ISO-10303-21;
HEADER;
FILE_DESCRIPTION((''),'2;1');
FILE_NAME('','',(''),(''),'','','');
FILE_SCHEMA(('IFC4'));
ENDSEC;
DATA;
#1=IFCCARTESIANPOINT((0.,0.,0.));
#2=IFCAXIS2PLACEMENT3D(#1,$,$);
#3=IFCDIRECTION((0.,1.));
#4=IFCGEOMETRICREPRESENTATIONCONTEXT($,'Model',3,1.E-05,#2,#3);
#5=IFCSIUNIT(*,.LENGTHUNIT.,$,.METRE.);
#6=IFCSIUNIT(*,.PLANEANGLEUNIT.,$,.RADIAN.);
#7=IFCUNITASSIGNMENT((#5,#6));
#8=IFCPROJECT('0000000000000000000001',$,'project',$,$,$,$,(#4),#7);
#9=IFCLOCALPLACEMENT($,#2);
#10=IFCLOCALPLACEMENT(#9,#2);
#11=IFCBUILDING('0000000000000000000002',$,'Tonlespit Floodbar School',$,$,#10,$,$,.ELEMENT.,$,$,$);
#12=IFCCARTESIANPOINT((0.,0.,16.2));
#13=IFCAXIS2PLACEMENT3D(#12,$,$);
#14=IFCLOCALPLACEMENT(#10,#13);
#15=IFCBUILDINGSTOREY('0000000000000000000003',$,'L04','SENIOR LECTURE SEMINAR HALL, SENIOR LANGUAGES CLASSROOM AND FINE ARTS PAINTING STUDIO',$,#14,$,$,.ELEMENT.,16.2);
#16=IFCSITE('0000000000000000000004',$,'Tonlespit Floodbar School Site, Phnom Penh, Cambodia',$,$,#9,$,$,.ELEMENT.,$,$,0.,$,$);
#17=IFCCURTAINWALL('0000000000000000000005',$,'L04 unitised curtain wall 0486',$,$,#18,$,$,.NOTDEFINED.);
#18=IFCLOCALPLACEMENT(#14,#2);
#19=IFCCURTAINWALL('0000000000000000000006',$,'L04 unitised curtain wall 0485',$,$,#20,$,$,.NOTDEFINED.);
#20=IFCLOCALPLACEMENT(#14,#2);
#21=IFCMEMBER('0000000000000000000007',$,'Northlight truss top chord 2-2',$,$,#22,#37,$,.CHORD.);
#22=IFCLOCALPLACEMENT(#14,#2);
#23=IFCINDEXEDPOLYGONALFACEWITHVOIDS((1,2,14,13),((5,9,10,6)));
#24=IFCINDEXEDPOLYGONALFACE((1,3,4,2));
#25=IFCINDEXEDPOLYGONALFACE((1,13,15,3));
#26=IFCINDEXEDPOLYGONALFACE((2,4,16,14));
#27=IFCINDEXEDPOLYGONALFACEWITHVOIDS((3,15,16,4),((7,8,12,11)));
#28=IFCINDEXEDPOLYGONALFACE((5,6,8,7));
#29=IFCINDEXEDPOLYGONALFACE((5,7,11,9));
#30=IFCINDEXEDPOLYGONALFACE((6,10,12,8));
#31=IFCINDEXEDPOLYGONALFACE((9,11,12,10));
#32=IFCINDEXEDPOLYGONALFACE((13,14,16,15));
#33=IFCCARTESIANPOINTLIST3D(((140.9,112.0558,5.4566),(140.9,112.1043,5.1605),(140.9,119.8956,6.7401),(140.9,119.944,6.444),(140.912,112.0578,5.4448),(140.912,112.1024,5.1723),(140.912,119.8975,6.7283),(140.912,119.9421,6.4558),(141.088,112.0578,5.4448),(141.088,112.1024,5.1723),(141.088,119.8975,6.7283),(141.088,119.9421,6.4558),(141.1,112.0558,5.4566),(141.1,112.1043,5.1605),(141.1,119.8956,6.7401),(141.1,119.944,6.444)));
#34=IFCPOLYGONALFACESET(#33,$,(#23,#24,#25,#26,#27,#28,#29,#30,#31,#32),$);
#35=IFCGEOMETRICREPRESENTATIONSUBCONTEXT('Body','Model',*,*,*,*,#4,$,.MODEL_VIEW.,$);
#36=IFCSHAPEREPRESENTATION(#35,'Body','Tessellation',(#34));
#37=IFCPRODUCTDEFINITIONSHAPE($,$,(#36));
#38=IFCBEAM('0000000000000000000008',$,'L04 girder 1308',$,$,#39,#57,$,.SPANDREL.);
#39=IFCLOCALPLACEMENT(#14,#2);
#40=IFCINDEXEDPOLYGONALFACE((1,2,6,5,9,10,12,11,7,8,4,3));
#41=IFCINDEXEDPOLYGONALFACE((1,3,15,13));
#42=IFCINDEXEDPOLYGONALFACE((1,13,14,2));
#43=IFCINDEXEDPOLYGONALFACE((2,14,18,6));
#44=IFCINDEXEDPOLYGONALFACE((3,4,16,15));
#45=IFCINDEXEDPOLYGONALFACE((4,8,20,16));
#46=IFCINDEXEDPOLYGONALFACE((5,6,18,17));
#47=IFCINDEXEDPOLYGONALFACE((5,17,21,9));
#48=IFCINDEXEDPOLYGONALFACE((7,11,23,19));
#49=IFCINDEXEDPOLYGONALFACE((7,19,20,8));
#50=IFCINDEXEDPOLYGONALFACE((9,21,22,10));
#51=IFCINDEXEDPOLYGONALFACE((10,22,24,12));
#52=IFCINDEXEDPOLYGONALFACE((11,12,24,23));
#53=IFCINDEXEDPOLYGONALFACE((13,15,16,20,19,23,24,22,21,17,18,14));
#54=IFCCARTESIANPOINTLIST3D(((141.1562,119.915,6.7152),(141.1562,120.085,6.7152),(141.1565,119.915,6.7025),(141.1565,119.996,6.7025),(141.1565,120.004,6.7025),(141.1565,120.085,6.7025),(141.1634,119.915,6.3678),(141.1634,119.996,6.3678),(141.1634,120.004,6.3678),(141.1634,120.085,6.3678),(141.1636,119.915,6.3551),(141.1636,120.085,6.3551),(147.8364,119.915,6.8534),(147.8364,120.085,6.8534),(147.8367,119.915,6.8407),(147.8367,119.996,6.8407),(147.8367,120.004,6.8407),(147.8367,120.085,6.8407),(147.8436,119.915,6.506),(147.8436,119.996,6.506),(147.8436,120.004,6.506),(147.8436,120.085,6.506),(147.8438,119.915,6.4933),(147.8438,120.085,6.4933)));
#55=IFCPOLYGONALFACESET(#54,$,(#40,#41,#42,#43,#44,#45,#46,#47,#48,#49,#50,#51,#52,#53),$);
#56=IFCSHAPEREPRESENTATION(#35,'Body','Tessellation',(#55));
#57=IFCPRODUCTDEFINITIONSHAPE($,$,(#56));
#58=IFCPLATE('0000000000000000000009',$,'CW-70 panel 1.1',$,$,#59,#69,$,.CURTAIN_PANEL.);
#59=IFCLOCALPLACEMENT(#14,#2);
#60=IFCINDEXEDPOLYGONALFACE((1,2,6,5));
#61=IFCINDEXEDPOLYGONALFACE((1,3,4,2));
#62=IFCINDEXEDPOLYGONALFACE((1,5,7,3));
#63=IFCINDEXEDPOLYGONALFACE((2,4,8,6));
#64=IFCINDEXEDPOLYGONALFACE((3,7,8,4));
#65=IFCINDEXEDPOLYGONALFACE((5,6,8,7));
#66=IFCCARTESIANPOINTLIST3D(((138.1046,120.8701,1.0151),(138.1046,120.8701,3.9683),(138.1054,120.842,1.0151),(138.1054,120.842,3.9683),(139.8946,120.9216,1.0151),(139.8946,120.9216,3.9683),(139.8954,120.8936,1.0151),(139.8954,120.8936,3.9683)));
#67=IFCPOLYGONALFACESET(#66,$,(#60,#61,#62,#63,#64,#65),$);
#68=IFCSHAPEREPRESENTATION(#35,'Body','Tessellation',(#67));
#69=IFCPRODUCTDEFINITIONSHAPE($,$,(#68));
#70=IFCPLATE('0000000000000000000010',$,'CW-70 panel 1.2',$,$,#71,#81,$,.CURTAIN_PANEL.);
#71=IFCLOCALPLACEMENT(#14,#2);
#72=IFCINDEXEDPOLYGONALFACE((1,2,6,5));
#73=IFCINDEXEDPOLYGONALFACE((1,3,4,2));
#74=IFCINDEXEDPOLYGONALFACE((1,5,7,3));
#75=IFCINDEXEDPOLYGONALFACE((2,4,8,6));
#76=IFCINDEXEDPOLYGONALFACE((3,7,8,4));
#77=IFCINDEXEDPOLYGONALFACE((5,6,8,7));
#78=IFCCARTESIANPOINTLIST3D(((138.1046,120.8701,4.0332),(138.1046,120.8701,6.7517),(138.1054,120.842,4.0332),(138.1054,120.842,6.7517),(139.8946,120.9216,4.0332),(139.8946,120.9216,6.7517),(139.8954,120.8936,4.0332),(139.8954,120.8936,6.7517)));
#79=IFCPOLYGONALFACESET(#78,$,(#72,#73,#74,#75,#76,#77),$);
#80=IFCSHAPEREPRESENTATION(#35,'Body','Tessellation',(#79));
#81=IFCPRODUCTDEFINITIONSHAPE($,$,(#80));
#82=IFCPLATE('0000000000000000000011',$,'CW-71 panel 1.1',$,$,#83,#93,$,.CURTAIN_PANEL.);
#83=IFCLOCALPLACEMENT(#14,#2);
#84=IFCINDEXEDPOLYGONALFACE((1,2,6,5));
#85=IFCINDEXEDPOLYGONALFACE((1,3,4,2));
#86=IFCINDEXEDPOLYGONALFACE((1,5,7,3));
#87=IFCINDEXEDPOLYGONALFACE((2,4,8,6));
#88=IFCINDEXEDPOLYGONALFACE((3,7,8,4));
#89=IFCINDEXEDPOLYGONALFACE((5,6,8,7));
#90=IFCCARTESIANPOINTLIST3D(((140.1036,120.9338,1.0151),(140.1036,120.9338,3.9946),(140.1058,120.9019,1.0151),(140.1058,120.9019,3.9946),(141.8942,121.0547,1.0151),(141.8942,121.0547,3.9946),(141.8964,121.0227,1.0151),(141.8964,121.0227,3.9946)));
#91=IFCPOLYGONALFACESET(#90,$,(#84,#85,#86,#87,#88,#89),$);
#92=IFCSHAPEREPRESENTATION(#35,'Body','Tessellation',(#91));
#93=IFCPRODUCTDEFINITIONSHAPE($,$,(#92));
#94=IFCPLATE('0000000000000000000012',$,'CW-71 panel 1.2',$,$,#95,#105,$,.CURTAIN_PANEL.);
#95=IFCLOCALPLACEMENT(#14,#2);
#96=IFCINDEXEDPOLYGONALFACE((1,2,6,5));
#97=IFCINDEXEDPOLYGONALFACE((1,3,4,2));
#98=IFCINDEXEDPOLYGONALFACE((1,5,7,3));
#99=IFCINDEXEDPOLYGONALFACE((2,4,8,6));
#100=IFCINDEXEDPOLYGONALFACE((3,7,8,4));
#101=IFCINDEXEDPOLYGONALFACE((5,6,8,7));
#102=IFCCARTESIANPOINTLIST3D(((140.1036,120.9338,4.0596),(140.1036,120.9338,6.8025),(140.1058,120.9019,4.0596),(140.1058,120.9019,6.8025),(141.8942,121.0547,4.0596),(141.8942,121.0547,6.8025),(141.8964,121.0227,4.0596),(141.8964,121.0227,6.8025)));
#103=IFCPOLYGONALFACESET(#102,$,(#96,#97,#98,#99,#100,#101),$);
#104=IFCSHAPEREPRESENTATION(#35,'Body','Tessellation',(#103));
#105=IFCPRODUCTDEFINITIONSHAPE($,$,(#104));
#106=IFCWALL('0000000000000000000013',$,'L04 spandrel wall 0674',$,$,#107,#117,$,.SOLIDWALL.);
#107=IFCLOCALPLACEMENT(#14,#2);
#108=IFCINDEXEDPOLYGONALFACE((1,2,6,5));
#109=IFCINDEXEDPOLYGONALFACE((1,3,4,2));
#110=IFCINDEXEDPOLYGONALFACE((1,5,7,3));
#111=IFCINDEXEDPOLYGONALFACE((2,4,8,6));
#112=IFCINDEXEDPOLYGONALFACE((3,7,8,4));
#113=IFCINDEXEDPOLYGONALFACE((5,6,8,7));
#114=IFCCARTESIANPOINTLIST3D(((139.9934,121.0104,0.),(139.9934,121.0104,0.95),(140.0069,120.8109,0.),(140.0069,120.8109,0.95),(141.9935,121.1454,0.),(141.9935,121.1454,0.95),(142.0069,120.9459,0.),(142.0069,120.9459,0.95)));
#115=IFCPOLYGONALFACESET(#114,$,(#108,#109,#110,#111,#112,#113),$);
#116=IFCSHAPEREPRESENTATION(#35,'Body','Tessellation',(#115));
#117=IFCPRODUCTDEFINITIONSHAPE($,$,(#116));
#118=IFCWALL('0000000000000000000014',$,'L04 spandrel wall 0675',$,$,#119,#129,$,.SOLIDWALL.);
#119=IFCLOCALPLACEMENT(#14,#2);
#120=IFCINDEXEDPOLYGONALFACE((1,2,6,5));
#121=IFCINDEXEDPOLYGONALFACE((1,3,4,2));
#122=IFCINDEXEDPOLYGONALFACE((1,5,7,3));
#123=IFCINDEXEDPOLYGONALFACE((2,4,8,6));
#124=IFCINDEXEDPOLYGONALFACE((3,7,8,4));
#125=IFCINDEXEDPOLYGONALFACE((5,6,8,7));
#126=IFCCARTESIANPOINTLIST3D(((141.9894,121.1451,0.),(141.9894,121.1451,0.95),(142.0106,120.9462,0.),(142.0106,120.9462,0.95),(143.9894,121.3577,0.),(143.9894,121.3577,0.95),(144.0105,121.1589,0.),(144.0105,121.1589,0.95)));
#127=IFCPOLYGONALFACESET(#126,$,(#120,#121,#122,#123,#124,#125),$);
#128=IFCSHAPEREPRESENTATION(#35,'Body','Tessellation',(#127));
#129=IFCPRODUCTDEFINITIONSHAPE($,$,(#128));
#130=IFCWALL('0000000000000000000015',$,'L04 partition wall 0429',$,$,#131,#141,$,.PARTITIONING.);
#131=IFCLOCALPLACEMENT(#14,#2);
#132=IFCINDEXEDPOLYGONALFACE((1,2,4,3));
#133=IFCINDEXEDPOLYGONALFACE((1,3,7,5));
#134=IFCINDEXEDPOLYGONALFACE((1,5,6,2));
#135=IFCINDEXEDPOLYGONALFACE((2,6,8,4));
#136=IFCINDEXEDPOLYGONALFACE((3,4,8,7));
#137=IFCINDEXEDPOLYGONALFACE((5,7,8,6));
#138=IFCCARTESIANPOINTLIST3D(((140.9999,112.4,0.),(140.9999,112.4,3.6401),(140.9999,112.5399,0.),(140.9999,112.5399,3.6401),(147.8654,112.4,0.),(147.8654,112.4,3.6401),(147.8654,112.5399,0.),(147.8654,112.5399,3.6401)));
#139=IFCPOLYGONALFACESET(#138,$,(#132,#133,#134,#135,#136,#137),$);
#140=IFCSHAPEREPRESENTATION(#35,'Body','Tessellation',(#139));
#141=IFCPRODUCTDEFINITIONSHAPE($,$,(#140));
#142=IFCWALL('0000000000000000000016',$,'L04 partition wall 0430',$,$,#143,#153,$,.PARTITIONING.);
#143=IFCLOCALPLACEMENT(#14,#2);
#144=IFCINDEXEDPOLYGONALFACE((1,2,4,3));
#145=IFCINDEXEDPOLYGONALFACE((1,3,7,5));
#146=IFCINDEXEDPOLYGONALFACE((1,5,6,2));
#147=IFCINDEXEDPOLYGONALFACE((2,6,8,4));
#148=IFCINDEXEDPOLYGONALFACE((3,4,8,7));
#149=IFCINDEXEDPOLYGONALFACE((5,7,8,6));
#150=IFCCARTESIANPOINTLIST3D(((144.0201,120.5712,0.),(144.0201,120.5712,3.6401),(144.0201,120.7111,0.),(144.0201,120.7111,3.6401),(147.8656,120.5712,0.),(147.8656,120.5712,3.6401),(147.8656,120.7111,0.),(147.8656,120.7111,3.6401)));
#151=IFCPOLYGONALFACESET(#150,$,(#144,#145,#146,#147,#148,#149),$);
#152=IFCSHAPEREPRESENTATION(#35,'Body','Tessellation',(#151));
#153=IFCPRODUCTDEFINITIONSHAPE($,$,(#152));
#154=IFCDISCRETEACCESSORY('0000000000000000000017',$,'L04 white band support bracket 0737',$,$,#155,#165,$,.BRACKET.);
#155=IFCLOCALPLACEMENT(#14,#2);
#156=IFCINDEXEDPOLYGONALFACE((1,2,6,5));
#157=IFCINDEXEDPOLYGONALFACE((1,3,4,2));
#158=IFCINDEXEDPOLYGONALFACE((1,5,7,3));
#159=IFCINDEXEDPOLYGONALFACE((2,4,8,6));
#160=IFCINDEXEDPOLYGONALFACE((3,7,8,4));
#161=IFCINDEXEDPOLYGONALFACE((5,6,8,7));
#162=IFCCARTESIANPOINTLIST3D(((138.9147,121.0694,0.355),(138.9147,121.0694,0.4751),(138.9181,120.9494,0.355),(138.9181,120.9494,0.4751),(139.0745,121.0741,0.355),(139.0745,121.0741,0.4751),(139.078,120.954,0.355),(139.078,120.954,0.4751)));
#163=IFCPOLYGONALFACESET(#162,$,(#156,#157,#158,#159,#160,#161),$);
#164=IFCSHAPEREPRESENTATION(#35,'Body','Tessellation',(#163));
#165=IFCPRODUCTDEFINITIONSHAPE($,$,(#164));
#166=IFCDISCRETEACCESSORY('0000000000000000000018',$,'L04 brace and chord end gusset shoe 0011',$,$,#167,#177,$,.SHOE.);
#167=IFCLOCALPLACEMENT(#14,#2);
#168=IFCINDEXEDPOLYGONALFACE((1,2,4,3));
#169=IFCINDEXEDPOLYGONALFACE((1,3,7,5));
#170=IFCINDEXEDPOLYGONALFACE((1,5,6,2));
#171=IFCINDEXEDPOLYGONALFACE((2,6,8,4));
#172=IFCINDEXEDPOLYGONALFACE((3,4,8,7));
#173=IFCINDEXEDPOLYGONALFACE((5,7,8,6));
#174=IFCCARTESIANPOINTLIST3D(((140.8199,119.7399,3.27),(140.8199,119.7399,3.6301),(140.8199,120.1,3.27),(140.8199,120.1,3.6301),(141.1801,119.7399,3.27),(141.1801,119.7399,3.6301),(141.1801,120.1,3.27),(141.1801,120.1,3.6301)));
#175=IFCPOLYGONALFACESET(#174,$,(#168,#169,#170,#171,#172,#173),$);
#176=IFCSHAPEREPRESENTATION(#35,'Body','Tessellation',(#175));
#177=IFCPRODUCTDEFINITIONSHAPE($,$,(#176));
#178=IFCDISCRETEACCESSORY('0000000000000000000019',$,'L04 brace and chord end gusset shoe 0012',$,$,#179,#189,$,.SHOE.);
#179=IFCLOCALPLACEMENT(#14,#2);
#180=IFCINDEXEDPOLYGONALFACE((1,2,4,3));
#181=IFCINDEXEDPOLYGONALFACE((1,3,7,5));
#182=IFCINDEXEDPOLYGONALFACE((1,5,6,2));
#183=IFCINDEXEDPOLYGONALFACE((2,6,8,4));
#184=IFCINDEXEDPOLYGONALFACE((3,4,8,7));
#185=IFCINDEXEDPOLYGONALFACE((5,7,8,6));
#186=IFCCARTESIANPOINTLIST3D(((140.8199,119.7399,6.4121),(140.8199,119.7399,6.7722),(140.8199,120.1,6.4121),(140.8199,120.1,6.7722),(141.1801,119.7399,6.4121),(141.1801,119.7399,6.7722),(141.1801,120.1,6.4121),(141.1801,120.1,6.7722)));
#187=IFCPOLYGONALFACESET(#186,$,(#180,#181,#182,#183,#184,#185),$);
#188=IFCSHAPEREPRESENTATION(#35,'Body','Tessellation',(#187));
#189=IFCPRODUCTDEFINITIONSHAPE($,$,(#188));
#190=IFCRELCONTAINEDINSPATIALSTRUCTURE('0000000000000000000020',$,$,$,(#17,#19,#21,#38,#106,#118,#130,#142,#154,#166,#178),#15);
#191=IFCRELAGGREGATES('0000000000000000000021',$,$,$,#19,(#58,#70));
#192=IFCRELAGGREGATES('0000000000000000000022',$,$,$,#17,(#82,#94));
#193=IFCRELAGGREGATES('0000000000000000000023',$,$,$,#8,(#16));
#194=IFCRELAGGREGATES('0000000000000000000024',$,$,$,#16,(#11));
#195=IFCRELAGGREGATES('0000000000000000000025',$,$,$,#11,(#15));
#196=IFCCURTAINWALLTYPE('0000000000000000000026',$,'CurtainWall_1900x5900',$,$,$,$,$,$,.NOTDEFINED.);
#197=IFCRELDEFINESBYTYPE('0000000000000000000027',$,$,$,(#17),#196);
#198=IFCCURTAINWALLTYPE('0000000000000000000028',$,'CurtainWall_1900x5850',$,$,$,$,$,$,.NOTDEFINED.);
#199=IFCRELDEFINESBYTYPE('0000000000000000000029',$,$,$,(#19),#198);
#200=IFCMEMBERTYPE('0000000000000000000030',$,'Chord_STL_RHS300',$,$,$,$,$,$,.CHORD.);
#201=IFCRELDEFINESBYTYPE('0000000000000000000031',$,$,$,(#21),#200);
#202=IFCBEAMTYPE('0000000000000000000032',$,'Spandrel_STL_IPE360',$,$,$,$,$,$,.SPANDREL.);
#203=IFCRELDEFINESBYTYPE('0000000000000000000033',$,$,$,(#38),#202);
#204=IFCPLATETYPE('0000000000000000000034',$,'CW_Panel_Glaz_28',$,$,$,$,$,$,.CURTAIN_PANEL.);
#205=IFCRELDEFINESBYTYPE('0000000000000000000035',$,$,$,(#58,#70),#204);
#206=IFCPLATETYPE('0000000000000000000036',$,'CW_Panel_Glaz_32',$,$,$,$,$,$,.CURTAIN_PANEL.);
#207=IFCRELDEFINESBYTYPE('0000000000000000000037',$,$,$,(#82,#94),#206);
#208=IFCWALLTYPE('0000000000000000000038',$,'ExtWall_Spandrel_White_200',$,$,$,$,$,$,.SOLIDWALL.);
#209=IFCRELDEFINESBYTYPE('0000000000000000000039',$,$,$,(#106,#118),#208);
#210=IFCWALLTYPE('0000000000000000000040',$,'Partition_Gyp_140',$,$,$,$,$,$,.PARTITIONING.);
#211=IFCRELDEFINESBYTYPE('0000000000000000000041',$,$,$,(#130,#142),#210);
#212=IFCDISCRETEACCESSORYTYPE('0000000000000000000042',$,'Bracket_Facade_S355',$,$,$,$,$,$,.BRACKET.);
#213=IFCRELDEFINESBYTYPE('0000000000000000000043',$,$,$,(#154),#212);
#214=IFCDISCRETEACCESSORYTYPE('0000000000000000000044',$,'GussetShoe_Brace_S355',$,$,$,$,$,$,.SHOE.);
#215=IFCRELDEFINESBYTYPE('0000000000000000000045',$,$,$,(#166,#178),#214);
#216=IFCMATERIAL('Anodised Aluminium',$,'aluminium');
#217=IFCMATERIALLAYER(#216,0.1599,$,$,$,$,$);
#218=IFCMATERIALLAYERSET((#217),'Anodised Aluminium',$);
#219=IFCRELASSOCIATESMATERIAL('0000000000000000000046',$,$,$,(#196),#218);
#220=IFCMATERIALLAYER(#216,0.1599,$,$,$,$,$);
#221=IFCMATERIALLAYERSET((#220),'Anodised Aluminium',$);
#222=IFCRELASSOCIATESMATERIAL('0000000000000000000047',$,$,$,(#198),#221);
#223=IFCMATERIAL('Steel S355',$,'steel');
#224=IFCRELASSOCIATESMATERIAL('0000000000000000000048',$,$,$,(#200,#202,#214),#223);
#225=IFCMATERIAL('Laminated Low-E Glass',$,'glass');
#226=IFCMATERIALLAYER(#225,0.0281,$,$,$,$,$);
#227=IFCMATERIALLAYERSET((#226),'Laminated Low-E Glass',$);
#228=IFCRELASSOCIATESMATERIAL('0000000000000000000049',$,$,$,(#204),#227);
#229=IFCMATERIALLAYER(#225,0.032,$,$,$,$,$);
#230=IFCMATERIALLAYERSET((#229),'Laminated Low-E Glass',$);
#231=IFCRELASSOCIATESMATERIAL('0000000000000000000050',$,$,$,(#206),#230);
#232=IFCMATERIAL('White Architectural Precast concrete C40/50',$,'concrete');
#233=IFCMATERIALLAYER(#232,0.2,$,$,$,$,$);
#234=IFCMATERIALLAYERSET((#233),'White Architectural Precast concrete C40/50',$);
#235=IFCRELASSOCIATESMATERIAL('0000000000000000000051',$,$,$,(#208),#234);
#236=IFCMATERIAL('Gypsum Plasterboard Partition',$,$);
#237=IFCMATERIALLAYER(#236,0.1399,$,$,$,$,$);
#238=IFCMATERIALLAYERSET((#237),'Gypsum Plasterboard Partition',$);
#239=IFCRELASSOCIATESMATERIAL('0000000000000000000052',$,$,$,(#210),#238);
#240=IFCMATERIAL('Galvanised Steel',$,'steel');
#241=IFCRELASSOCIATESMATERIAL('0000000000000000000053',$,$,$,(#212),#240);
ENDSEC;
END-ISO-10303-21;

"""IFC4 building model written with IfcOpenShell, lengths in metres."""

from ifc_helpers import new_model, si_unit, direction, frame, frame_2d, origin, origin_2d, place, context, subcontext, project, spatial, rectangle, hollow_rectangle, i_section, extrude, material, layer, layer_set, material_profile, profile_set, type_object, element, aggregate, save


model = new_model("IFC4")

# Units and contexts
model_context = context("Model", 3, precision=1e-05, world=origin(), true_north=direction((0.0, 1.0)))
body_context = subcontext(model_context, "Body", "Model", "MODEL_VIEW")
ifc_project = project(units=[si_unit("LENGTHUNIT", "METRE"), si_unit("PLANEANGLEUNIT", "RADIAN")], contexts=[model_context])

# Site, building, storey
site_placement = place(None, origin())
site = spatial("IfcSite", under=ifc_project, at=site_placement, Name="Tonlespit Floodbar School Site, Phnom Penh, Cambodia", CompositionType="ELEMENT", RefElevation=0.0)
building_placement = place(site_placement, origin())
building = spatial("IfcBuilding", under=site, at=building_placement, Name="Tonlespit Floodbar School", CompositionType="ELEMENT")
storey_placement = place(building_placement, frame((0.0, 0.0, 16.2)))
storey = spatial("IfcBuildingStorey", under=building, at=storey_placement, Name="L04", Description="SENIOR LECTURE SEMINAR HALL, SENIOR LANGUAGES CLASSROOM AND FINE ARTS PAINTING STUDIO", CompositionType="ELEMENT", Elevation=16.2)

# Shared definitions
ifc_material_1 = material(Name="Steel S355", Category="steel")

# Curtain wall
ifc_material_2 = material(Name="Anodised Aluminium", Category="aluminium")
ifc_layer_1 = layer(ifc_material_2, 0.1599)
ifc_layer_set_1 = layer_set([ifc_layer_1], Name="Anodised Aluminium")
curtain_wall_type_1 = type_object("IfcCurtainWallType", Name="CurtainWall_1900x5900", PredefinedType="NOTDEFINED", material=ifc_layer_set_1)
curtain_wall_1_placement = place(storey_placement, origin())
curtain_wall_1 = element("IfcCurtainWall", 1, at=curtain_wall_1_placement, inside=storey, type_object=curtain_wall_type_1, Name="L04 unitised curtain wall 0486", PredefinedType="NOTDEFINED")

# Curtain wall
ifc_layer_2 = layer(ifc_material_2, 0.1599)
ifc_layer_set_2 = layer_set([ifc_layer_2], Name="Anodised Aluminium")
curtain_wall_type_2 = type_object("IfcCurtainWallType", Name="CurtainWall_1900x5850", PredefinedType="NOTDEFINED", material=ifc_layer_set_2)
curtain_wall_2_placement = place(storey_placement, origin())
curtain_wall_2 = element("IfcCurtainWall", 2, at=curtain_wall_2_placement, inside=storey, type_object=curtain_wall_type_2, Name="L04 unitised curtain wall 0485", PredefinedType="NOTDEFINED")

# Member
ifc_material_profile_1 = material_profile(ifc_material_1, hollow_rectangle(XDim=0.2, YDim=0.3, WallThickness=0.012, at=origin_2d()), Name="RHS 300x200x12")
ifc_profile_set_1 = profile_set([ifc_material_profile_1], Name="Steel S355")
member_type_1 = type_object("IfcMemberType", Name="Chord_STL_RHS300", PredefinedType="CHORD", material=ifc_profile_set_1)
member_1_placement = place(storey_placement, frame((141.0, 112.0801, 5.3086), z_axis=(0.0, 0.986863, 0.161558), x_axis=(-1.0, 0.0, 0.0)))
element("IfcMember", 3, at=member_1_placement, inside=storey, type_object=member_type_1, Name="Northlight truss top chord 2-2", PredefinedType="CHORD", context=body_context, shape_type="SweptSolid", body=[
    extrude(hollow_rectangle(XDim=0.2, YDim=0.3, WallThickness=0.012, at=origin_2d()), origin(), (0.0, 0.0, 1.0), 7.9441),
])

# Beam
ifc_material_profile_2 = material_profile(ifc_material_1, i_section(OverallWidth=0.1699, OverallDepth=0.3601, WebThickness=0.0081, FlangeThickness=0.0127, at=origin_2d()), Name="IPE 360")
ifc_profile_set_2 = profile_set([ifc_material_profile_2], Name="Steel S355")
beam_type = type_object("IfcBeamType", Name="Spandrel_STL_IPE360", PredefinedType="SPANDREL", material=ifc_profile_set_2)
beam_placement = place(storey_placement, frame((141.1599, 120.0, 6.5352), z_axis=(0.999786, 0.0, 0.020681), x_axis=(0.0, 1.0, 0.0)))
element("IfcBeam", 4, at=beam_placement, inside=storey, type_object=beam_type, Name="L04 girder 1308", PredefinedType="SPANDREL", context=body_context, shape_type="SweptSolid", body=[
    extrude(i_section(OverallWidth=0.1699, OverallDepth=0.3601, WebThickness=0.0081, FlangeThickness=0.0127, at=origin_2d()), origin(), (0.0, 0.0, 1.0), 6.6816),
])

# Plates
ifc_material_3 = material(Name="Laminated Low-E Glass", Category="glass")
ifc_layer_3 = layer(ifc_material_3, 0.0281)
ifc_layer_set_3 = layer_set([ifc_layer_3], Name="Laminated Low-E Glass")
plate_type_1 = type_object("IfcPlateType", Name="CW_Panel_Glaz_28", PredefinedType="CURTAIN_PANEL", material=ifc_layer_set_3)
plate_1_placement = place(storey_placement, frame((139.0, 120.8818, 1.0151), z_axis=(0.0, 0.0, 1.0), x_axis=(0.999585, 0.02879, 0.0)))
plate_1 = element("IfcPlate", 5, at=plate_1_placement, type_object=plate_type_1, Name="CW-70 panel 1.1", PredefinedType="CURTAIN_PANEL", context=body_context, shape_type="SweptSolid", body=[
    extrude(rectangle(XDim=1.7908, YDim=0.0281, at=origin_2d()), origin(), (0.0, 0.0, 1.0), 2.9531),
])
plate_2_placement = place(storey_placement, frame((139.0, 120.8818, 4.0332), z_axis=(0.0, 0.0, 1.0), x_axis=(0.999585, 0.02879, 0.0)))
plate_2 = element("IfcPlate", 6, at=plate_2_placement, type_object=plate_type_1, Name="CW-70 panel 1.2", PredefinedType="CURTAIN_PANEL", context=body_context, shape_type="SweptSolid", body=[
    extrude(rectangle(XDim=1.7908, YDim=0.0281, at=origin_2d()), origin(), (0.0, 0.0, 1.0), 2.7185),
])
aggregate(curtain_wall_2, [plate_1, plate_2])
ifc_layer_4 = layer(ifc_material_3, 0.032)
ifc_layer_set_4 = layer_set([ifc_layer_4], Name="Laminated Low-E Glass")
plate_type_2 = type_object("IfcPlateType", Name="CW_Panel_Glaz_32", PredefinedType="CURTAIN_PANEL", material=ifc_layer_set_4)
plate_3_placement = place(storey_placement, frame((141.0, 120.9783, 1.0151), z_axis=(0.0, 0.0, 1.0), x_axis=(0.99773, 0.06734, 0.0)))
plate_3 = element("IfcPlate", 7, at=plate_3_placement, type_object=plate_type_2, Name="CW-71 panel 1.1", PredefinedType="CURTAIN_PANEL", context=body_context, shape_type="SweptSolid", body=[
    extrude(rectangle(XDim=1.7947, YDim=0.032, at=origin_2d()), origin(), (0.0, 0.0, 1.0), 2.9795),
])
plate_4_placement = place(storey_placement, frame((141.0, 120.9783, 4.0596), z_axis=(0.0, 0.0, 1.0), x_axis=(0.99773, 0.06734, 0.0)))
plate_4 = element("IfcPlate", 8, at=plate_4_placement, type_object=plate_type_2, Name="CW-71 panel 1.2", PredefinedType="CURTAIN_PANEL", context=body_context, shape_type="SweptSolid", body=[
    extrude(rectangle(XDim=1.7947, YDim=0.032, at=origin_2d()), origin(), (0.0, 0.0, 1.0), 2.7429),
])
aggregate(curtain_wall_1, [plate_3, plate_4])

# Walls
ifc_material_4 = material(Name="White Architectural Precast concrete C40/50", Category="concrete")
ifc_layer_5 = layer(ifc_material_4, 0.2)
ifc_layer_set_5 = layer_set([ifc_layer_5], Name="White Architectural Precast concrete C40/50")
wall_type_1 = type_object("IfcWallType", Name="ExtWall_Spandrel_White_200", PredefinedType="SOLIDWALL", material=ifc_layer_set_5)
wall_1_placement = place(storey_placement, frame((140.0, 120.9106, 0.0), z_axis=(0.0, 0.0, 1.0), x_axis=(0.997729, 0.067352, 0.0)))
element("IfcWall", 9, at=wall_1_placement, inside=storey, type_object=wall_type_1, Name="L04 spandrel wall 0674", PredefinedType="SOLIDWALL", context=body_context, shape_type="SweptSolid", body=[
    extrude(rectangle(XDim=2.0046, YDim=0.2, at=frame_2d((1.0024, 0.0))), origin(), (0.0, 0.0, 1.0), 0.95),
])
wall_2_placement = place(storey_placement, frame((142.0, 121.0457, 0.0), z_axis=(0.0, 0.0, 1.0), x_axis=(0.994395, 0.105727, 0.0)))
element("IfcWall", 10, at=wall_2_placement, inside=storey, type_object=wall_type_1, Name="L04 spandrel wall 0675", PredefinedType="SOLIDWALL", context=body_context, shape_type="SweptSolid", body=[
    extrude(rectangle(XDim=2.0112, YDim=0.2, at=frame_2d((1.0056, 0.0))), origin(), (0.0, 0.0, 1.0), 0.95),
])
ifc_material_5 = material(Name="Gypsum Plasterboard Partition")
ifc_layer_6 = layer(ifc_material_5, 0.1399)
ifc_layer_set_6 = layer_set([ifc_layer_6], Name="Gypsum Plasterboard Partition")
wall_type_2 = type_object("IfcWallType", Name="Partition_Gyp_140", PredefinedType="PARTITIONING", material=ifc_layer_set_6)
wall_3_placement = place(storey_placement, frame((141.0, 112.47, 0.0), z_axis=(0.0, 0.0, 1.0), x_axis=(1.0, 0.0, 0.0)))
element("IfcWall", 11, at=wall_3_placement, inside=storey, type_object=wall_type_2, Name="L04 partition wall 0429", PredefinedType="PARTITIONING", context=body_context, shape_type="SweptSolid", body=[
    extrude(rectangle(XDim=6.8655, YDim=0.1399, at=frame_2d((3.4326, 0.0))), origin(), (0.0, 0.0, 1.0), 3.6401),
])
wall_4_placement = place(storey_placement, frame((144.02, 120.6411, 0.0), z_axis=(0.0, 0.0, 1.0), x_axis=(1.0, 0.0, 0.0)))
element("IfcWall", 12, at=wall_4_placement, inside=storey, type_object=wall_type_2, Name="L04 partition wall 0430", PredefinedType="PARTITIONING", context=body_context, shape_type="SweptSolid", body=[
    extrude(rectangle(XDim=3.8455, YDim=0.1399, at=frame_2d((1.9229, 0.0))), origin(), (0.0, 0.0, 1.0), 3.6401),
])

# Discrete accessories
ifc_material_6 = material(Name="Galvanised Steel", Category="steel")
discrete_accessory_type_1 = type_object("IfcDiscreteAccessoryType", Name="Bracket_Facade_S355", PredefinedType="BRACKET", material=ifc_material_6)
discrete_accessory_placement = place(storey_placement, frame((138.9963, 121.0117, 0.355), z_axis=(0.0, 0.0, 1.0), x_axis=(0.999584, 0.028838, 0.0)))
element("IfcDiscreteAccessory", 13, at=discrete_accessory_placement, inside=storey, type_object=discrete_accessory_type_1, Name="L04 white band support bracket 0737", PredefinedType="BRACKET", context=body_context, shape_type="SweptSolid", body=[
    extrude(rectangle(XDim=0.1599, YDim=0.1201, at=origin_2d()), origin(), (0.0, 0.0, 1.0), 0.1201),
])
discrete_accessory_type_2 = type_object("IfcDiscreteAccessoryType", Name="GussetShoe_Brace_S355", PredefinedType="SHOE", material=ifc_material_1)
for number, where, z_axis, x_axis, name in (
    (14, (141.0, 119.9199, 3.27), (0.0, 0.0, 1.0), (1.0, 0.0, 0.0), "L04 brace and chord end gusset shoe 0011"),
    (15, (141.0, 119.9199, 6.4121), (0.0, 0.0, 1.0), (1.0, 0.0, 0.0), "L04 brace and chord end gusset shoe 0012"),
):
    element("IfcDiscreteAccessory", number, at=place(storey_placement, frame(where, z_axis=z_axis, x_axis=x_axis)), inside=storey, type_object=discrete_accessory_type_2, Name=name, PredefinedType="SHOE", context=body_context, shape_type="SweptSolid", body=[
        extrude(rectangle(XDim=0.3601, YDim=0.3601, at=origin_2d()), origin(), (0.0, 0.0, 1.0), 0.3601),
    ])

save(model, "model.ifc")
